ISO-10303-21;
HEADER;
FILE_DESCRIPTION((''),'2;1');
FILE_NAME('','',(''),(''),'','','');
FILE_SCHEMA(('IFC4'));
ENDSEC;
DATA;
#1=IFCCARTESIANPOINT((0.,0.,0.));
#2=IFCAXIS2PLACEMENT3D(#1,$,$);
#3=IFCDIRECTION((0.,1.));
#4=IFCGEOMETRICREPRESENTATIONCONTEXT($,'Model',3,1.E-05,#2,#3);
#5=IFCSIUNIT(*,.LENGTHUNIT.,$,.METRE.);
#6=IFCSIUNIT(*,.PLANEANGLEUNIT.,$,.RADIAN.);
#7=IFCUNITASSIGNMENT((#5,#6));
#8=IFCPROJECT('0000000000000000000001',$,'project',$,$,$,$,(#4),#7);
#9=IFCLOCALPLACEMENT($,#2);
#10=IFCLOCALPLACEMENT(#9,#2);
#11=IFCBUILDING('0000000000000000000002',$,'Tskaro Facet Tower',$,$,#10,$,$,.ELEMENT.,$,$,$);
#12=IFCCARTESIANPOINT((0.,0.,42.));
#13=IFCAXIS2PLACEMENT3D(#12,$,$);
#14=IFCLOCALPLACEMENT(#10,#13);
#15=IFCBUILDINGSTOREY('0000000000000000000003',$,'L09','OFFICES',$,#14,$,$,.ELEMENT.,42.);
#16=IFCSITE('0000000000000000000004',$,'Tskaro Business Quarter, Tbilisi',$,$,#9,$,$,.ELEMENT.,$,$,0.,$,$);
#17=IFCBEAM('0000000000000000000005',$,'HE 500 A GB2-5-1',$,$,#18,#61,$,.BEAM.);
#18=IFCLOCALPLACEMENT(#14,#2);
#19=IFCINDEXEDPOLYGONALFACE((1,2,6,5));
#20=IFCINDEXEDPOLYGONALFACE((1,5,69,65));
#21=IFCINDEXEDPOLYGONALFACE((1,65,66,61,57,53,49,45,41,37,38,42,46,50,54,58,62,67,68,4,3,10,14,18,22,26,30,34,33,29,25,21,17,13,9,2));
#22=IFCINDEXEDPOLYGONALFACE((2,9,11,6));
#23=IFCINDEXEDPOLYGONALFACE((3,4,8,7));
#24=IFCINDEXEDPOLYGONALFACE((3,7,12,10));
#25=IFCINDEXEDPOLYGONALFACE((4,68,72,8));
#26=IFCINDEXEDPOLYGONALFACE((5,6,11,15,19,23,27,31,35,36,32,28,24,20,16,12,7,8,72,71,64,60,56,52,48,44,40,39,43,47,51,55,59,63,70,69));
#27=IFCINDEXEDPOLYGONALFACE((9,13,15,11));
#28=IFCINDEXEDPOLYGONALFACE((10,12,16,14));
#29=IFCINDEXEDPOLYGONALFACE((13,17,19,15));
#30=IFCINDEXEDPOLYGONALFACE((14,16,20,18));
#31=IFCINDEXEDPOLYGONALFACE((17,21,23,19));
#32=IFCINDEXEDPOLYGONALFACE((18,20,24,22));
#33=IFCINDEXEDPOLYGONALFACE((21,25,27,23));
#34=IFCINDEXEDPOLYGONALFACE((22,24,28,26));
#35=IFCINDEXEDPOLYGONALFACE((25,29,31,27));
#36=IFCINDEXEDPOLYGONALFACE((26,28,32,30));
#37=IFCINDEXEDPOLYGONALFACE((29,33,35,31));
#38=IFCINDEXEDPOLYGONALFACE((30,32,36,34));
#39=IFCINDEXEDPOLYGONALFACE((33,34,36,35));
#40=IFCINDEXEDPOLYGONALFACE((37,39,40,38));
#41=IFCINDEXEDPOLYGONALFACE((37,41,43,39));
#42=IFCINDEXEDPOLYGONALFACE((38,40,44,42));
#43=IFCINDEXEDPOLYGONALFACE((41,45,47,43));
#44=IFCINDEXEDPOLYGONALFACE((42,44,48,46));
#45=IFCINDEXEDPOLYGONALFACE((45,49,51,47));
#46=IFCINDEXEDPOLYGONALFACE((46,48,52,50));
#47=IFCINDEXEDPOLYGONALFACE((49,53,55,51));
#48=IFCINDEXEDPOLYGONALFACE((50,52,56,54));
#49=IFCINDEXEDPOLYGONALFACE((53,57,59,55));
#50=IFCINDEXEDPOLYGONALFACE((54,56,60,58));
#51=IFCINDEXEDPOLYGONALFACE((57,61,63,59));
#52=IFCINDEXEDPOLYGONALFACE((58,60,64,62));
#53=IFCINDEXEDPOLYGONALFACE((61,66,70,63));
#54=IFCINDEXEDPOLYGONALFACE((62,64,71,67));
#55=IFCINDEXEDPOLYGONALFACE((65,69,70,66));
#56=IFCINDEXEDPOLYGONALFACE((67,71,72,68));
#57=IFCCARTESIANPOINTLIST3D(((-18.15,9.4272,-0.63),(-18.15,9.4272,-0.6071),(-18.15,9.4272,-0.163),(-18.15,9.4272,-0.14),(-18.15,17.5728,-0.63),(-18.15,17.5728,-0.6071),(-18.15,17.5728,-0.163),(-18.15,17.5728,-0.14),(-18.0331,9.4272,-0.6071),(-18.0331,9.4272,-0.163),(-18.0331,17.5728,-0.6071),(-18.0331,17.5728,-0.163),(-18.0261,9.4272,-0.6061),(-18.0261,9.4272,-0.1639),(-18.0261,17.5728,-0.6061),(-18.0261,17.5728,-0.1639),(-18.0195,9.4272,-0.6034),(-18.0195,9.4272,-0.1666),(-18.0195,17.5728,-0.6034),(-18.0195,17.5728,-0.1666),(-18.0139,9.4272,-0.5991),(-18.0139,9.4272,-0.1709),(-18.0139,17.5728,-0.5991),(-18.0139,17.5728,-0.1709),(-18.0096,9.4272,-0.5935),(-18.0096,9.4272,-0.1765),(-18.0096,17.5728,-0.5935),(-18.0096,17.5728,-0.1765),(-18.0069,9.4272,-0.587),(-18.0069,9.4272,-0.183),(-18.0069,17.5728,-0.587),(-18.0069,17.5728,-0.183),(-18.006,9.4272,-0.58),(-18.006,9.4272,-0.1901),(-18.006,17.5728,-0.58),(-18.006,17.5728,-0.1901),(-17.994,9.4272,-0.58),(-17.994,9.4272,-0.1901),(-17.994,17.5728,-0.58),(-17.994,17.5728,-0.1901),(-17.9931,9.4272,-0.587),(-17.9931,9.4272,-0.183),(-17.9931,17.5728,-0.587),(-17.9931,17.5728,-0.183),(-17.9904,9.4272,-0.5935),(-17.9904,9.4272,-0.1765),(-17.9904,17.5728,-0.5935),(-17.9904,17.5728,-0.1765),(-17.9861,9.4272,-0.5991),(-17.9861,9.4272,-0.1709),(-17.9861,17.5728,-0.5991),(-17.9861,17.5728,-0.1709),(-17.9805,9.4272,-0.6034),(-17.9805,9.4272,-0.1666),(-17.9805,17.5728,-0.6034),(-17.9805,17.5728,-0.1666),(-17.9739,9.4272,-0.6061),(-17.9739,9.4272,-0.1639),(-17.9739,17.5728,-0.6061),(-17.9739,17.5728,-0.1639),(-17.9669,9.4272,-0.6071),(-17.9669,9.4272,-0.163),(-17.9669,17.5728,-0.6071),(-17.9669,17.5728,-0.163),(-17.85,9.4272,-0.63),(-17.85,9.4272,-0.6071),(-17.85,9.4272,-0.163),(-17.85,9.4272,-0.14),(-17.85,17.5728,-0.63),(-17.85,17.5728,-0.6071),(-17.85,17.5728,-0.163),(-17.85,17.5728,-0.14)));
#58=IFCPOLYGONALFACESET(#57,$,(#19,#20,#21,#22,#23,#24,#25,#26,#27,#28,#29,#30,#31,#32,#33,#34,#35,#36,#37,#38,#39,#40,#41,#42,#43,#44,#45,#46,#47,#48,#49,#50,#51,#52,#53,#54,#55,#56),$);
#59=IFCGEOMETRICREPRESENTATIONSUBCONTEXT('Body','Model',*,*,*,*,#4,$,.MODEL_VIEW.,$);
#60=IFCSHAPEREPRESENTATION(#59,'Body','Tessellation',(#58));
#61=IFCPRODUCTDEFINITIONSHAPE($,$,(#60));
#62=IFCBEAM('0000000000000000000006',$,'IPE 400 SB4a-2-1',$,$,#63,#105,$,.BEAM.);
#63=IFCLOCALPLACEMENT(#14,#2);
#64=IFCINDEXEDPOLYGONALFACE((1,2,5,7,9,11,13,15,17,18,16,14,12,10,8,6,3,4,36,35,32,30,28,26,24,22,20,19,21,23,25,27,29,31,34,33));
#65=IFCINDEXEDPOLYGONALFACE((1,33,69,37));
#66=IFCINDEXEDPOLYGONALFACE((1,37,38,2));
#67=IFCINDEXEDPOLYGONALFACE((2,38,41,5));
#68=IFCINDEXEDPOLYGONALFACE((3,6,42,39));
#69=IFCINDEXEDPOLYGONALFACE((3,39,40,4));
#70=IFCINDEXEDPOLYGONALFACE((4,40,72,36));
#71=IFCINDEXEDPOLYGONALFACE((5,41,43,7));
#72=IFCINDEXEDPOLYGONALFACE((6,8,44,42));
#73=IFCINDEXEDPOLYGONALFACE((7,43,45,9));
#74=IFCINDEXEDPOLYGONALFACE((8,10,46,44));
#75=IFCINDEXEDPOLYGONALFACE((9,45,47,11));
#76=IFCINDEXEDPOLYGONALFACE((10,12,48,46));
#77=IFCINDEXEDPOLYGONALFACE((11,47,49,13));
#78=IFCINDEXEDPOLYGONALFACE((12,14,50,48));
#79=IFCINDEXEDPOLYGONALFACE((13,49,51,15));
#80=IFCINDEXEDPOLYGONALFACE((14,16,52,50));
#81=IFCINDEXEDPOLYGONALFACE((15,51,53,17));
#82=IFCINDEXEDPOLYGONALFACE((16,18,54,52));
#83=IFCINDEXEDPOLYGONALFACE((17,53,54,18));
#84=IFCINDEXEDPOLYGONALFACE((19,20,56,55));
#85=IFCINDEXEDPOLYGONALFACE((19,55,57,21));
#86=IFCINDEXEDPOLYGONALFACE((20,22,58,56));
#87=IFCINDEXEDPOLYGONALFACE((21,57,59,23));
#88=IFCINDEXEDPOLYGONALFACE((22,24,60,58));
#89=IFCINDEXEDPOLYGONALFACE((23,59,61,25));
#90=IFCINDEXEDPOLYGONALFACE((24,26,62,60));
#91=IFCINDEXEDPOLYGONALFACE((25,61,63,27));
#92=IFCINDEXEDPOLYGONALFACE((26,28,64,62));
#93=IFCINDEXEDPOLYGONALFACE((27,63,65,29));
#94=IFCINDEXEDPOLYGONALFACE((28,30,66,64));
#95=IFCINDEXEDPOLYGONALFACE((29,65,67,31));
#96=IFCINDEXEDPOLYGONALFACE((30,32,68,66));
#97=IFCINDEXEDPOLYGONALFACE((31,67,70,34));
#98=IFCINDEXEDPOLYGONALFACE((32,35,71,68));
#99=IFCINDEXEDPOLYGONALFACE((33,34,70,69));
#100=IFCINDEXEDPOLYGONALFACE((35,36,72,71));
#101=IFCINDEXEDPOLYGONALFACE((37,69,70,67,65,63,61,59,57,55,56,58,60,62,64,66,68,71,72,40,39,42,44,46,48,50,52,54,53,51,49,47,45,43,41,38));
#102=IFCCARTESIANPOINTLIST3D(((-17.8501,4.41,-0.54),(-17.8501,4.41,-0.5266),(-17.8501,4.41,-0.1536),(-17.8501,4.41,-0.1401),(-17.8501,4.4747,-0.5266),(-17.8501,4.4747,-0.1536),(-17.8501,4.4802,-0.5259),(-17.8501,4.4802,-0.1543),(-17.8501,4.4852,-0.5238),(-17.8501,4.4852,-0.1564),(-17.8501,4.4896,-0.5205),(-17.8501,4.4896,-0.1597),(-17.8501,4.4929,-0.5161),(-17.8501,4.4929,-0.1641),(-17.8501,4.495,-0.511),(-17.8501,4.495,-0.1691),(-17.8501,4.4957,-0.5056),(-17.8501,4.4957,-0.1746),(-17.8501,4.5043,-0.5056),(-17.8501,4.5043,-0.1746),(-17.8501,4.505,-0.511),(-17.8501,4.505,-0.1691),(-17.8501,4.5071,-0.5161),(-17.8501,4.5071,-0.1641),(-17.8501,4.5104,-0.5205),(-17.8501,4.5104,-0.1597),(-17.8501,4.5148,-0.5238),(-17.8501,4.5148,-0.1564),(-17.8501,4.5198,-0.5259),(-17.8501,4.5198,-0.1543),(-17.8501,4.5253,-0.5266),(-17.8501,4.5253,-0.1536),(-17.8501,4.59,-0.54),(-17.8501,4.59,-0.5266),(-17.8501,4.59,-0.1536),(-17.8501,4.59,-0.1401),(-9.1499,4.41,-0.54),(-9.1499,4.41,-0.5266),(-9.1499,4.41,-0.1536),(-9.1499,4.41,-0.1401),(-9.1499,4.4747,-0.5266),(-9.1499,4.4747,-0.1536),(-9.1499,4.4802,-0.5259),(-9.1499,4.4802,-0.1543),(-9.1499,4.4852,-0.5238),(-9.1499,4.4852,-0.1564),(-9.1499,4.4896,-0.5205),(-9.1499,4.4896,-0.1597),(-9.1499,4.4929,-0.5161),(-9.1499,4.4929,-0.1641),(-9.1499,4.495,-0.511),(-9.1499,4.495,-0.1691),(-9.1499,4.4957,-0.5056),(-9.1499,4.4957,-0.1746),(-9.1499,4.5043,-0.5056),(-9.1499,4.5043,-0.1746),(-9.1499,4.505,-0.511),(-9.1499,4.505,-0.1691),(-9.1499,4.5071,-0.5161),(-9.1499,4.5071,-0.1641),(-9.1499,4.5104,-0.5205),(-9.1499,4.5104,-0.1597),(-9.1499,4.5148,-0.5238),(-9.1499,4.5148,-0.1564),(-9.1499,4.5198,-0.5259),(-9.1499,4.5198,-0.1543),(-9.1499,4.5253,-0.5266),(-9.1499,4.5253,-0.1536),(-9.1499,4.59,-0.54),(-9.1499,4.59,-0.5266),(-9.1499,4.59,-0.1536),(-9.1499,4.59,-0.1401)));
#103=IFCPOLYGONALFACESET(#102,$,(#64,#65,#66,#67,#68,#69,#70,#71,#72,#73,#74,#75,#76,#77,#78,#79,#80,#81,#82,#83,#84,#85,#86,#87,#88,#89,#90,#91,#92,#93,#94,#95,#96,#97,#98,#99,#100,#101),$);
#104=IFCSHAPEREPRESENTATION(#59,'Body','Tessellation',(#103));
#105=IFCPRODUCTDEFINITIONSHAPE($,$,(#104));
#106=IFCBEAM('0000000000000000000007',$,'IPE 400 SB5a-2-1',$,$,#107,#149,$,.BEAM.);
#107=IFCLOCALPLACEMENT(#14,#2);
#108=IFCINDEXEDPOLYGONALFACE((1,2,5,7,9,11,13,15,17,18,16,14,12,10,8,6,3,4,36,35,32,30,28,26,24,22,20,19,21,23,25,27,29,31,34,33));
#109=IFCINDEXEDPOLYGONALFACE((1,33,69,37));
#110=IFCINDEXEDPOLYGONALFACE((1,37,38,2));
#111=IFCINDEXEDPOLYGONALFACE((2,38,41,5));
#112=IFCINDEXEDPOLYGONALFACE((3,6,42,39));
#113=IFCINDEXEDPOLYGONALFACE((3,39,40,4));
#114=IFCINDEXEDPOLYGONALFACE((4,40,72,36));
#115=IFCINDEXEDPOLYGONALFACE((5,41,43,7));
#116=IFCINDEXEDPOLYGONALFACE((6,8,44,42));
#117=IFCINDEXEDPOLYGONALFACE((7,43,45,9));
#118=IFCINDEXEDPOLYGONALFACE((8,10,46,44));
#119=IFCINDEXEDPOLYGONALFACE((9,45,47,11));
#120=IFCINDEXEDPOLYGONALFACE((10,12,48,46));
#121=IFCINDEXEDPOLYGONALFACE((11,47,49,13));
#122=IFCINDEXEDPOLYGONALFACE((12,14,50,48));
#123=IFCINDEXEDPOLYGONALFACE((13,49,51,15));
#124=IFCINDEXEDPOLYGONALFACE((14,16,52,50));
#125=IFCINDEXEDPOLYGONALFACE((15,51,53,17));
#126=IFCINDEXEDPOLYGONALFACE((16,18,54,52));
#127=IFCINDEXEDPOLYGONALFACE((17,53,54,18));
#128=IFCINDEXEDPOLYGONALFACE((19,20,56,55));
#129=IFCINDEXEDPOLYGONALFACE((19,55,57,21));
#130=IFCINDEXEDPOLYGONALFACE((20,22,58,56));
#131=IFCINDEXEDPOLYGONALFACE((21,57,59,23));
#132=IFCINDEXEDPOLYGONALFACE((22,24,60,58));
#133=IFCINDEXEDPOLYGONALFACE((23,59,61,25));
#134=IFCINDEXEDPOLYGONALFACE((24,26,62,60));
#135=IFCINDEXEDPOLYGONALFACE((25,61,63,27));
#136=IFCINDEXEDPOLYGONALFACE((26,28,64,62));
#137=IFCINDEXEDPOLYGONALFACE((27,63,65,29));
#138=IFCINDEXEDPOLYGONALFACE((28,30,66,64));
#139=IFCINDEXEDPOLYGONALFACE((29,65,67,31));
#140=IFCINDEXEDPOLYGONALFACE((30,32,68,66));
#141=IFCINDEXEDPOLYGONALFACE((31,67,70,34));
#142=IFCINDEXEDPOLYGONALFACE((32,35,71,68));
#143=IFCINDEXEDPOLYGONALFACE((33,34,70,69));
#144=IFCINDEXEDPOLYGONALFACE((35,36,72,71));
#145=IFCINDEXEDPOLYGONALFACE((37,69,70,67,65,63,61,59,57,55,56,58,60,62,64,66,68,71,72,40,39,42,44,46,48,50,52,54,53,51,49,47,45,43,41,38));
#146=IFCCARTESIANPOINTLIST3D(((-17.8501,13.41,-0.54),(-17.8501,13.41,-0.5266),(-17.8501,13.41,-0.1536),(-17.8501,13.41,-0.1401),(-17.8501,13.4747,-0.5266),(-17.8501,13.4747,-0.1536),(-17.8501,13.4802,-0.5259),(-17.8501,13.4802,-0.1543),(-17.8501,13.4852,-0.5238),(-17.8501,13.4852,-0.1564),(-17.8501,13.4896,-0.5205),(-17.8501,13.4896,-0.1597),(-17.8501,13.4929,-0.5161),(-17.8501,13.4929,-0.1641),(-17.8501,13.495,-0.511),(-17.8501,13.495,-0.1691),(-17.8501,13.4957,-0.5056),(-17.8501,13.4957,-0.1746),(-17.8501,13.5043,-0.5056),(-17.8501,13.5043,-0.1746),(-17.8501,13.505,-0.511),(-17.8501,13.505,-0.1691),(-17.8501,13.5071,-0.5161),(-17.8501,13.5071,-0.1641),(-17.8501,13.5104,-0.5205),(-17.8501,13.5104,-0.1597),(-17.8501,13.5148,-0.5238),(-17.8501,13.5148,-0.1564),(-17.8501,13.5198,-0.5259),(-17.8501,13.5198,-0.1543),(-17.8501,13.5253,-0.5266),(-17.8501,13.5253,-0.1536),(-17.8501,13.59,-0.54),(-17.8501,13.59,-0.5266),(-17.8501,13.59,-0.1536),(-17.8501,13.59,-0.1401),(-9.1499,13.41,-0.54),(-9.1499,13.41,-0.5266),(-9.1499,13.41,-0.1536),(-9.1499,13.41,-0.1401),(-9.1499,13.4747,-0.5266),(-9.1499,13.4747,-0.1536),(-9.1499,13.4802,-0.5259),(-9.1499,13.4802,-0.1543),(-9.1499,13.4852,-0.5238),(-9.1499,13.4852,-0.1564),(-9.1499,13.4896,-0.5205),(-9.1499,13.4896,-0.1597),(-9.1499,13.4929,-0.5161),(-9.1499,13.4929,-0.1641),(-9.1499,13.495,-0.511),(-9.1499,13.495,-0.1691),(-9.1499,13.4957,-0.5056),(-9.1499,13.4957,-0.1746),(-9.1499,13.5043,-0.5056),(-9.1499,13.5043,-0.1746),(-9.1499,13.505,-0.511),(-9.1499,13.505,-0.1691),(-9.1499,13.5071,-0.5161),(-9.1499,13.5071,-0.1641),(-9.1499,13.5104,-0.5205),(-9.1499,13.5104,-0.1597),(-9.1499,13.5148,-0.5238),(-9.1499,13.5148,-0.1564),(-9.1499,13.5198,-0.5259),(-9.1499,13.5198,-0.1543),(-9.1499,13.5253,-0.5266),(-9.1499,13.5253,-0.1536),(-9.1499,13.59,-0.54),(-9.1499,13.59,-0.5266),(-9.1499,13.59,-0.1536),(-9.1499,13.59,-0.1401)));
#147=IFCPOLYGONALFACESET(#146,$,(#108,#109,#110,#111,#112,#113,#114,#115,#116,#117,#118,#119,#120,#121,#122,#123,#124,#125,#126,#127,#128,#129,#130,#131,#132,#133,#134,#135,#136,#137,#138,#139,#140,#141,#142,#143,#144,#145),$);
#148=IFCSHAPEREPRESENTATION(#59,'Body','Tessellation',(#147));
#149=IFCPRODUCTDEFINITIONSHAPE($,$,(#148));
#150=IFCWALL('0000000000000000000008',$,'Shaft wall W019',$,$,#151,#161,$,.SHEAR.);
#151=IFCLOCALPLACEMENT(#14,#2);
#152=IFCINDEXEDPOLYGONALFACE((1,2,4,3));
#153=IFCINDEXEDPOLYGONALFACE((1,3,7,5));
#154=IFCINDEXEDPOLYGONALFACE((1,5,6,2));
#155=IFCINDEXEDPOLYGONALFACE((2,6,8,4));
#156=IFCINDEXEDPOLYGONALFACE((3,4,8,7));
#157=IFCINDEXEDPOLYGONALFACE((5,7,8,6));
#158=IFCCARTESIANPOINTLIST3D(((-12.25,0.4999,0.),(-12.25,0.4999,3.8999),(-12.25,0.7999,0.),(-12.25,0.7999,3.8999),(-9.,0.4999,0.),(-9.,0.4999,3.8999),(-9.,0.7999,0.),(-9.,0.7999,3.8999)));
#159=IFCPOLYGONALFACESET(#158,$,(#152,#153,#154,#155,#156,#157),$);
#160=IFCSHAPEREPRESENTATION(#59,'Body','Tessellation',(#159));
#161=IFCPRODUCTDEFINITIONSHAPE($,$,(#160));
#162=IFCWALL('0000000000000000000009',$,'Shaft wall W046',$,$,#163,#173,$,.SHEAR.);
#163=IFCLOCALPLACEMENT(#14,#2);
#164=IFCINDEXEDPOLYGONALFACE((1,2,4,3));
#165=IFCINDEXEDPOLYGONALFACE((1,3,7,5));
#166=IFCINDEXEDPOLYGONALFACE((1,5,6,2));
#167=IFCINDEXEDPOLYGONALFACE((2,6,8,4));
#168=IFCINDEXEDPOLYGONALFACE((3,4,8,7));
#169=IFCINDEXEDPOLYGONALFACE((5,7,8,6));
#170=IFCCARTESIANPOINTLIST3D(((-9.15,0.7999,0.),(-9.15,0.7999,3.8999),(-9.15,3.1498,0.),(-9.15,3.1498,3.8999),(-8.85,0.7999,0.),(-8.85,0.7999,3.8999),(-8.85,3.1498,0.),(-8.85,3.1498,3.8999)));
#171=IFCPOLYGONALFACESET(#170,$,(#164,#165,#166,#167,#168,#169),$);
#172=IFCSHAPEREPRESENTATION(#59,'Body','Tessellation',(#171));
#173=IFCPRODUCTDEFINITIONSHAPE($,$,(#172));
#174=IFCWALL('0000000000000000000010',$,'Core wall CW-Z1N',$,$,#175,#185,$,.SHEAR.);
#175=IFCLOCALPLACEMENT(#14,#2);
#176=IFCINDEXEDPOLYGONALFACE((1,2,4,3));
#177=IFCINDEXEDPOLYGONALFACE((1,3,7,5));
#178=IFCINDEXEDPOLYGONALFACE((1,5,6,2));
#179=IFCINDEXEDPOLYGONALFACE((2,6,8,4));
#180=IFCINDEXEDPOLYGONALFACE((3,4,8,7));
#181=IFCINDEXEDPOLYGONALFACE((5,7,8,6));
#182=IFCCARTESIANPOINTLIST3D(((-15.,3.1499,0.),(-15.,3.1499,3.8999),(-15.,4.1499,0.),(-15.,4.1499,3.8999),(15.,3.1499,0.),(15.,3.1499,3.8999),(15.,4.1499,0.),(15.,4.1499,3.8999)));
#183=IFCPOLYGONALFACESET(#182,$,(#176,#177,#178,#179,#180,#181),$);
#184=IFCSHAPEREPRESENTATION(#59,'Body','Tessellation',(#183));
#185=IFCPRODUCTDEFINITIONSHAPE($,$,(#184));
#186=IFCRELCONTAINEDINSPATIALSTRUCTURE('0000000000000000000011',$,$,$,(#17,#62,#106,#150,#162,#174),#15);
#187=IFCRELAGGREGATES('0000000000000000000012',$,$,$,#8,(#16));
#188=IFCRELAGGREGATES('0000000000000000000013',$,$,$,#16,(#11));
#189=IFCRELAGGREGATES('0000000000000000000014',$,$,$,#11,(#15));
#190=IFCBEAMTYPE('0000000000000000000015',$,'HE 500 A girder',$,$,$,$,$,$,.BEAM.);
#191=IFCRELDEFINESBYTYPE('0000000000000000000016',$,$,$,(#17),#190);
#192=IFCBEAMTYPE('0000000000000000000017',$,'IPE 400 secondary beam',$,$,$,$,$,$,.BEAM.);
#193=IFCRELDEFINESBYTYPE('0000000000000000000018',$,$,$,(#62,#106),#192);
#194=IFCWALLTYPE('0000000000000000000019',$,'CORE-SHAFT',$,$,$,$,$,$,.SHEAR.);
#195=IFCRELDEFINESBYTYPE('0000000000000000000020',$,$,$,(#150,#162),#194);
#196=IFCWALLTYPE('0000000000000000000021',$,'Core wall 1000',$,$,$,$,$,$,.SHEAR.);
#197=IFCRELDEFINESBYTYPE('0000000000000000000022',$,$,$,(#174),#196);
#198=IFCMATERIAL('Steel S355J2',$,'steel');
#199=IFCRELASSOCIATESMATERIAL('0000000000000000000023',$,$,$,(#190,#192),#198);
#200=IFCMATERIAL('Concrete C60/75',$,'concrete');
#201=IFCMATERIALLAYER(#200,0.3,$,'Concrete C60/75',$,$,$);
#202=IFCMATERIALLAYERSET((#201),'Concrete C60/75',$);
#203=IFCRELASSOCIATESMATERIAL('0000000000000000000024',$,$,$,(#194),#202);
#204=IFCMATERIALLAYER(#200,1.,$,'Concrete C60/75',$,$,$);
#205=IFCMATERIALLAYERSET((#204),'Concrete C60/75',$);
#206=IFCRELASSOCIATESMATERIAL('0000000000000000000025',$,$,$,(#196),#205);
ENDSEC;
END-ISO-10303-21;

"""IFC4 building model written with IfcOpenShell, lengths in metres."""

from ifc_helpers import new_model, si_unit, direction, frame, frame_2d, origin, origin_2d, place, context, subcontext, project, spatial, rectangle, i_section, extrude, material, layer, layer_set, material_profile, profile_set, type_object, element, save


model = new_model("IFC4")

# Units and contexts
model_context = context("Model", 3, precision=1e-05, world=origin(), true_north=direction((0.0, 1.0)))
body_context = subcontext(model_context, "Body", "Model", "MODEL_VIEW")
ifc_project = project(units=[si_unit("LENGTHUNIT", "METRE"), si_unit("PLANEANGLEUNIT", "RADIAN")], contexts=[model_context])

# Site, building, storey
site_placement = place(None, origin())
site = spatial("IfcSite", under=ifc_project, at=site_placement, Name="Tskaro Business Quarter, Tbilisi", CompositionType="ELEMENT", RefElevation=0.0)
building_placement = place(site_placement, origin())
building = spatial("IfcBuilding", under=site, at=building_placement, Name="Tskaro Facet Tower", CompositionType="ELEMENT")
storey_placement = place(building_placement, frame((0.0, 0.0, 42.0)))
storey = spatial("IfcBuildingStorey", under=building, at=storey_placement, Name="L09", Description="OFFICES", CompositionType="ELEMENT", Elevation=42.0)

# Beams
ifc_material_1 = material(Name="Steel S355J2", Category="steel")
ifc_material_profile_1 = material_profile(ifc_material_1, i_section(OverallWidth=0.3, OverallDepth=0.49, WebThickness=0.012, FlangeThickness=0.0229, FilletRadius=0.0271, at=origin_2d()), Name="HE 500 A")
ifc_profile_set_1 = profile_set([ifc_material_profile_1], Name="Steel S355J2")
beam_type_1 = type_object("IfcBeamType", Name="HE 500 A girder", PredefinedType="BEAM", material=ifc_profile_set_1)
beam_placement = place(storey_placement, frame((-18.0, 9.4272, -0.385), z_axis=(0.0, 1.0, 0.0), x_axis=(-1.0, 0.0, 0.0)))
element("IfcBeam", 1, at=beam_placement, inside=storey, type_object=beam_type_1, Name="HE 500 A GB2-5-1", PredefinedType="BEAM", context=body_context, shape_type="SweptSolid", body=[
    extrude(i_section(OverallWidth=0.3, OverallDepth=0.49, WebThickness=0.012, FlangeThickness=0.0229, FilletRadius=0.0271, at=origin_2d()), origin(), (0.0, 0.0, 1.0), 8.1455),
])
ifc_material_profile_2 = material_profile(ifc_material_1, i_section(OverallWidth=0.1799, OverallDepth=0.3999, WebThickness=0.0085, FlangeThickness=0.0134, FilletRadius=0.021, at=origin_2d()), Name="IPE 400")
ifc_profile_set_2 = profile_set([ifc_material_profile_2], Name="Steel S355J2")
beam_type_2 = type_object("IfcBeamType", Name="IPE 400 secondary beam", PredefinedType="BEAM", material=ifc_profile_set_2)
for number, where, z_axis, x_axis, name in (
    (2, (-17.8501, 4.5, -0.3401), (1.0, 0.0, 0.0), (0.0, 1.0, 0.0), "IPE 400 SB4a-2-1"),
    (3, (-17.8501, 13.5, -0.3401), (1.0, 0.0, 0.0), (0.0, 1.0, 0.0), "IPE 400 SB5a-2-1"),
):
    element("IfcBeam", number, at=place(storey_placement, frame(where, z_axis=z_axis, x_axis=x_axis)), inside=storey, type_object=beam_type_2, Name=name, PredefinedType="BEAM", context=body_context, shape_type="SweptSolid", body=[
        extrude(i_section(OverallWidth=0.1799, OverallDepth=0.3999, WebThickness=0.0085, FlangeThickness=0.0134, FilletRadius=0.021, at=origin_2d()), origin(), (0.0, 0.0, 1.0), 8.7002),
    ])

# Walls
ifc_material_2 = material(Name="Concrete C60/75", Category="concrete")
ifc_layer_1 = layer(ifc_material_2, 0.3, Name="Concrete C60/75")
ifc_layer_set_1 = layer_set([ifc_layer_1], Name="Concrete C60/75")
wall_type_1 = type_object("IfcWallType", Name="CORE-SHAFT", PredefinedType="SHEAR", material=ifc_layer_set_1)
wall_1_placement = place(storey_placement, frame((-9.0, 0.6499, 0.0), z_axis=(0.0, 0.0, 1.0), x_axis=(-1.0, 0.0, 0.0)))
element("IfcWall", 4, at=wall_1_placement, inside=storey, type_object=wall_type_1, Name="Shaft wall W019", PredefinedType="SHEAR", context=body_context, shape_type="SweptSolid", body=[
    extrude(rectangle(XDim=3.25, YDim=0.3, at=frame_2d((1.625, 0.0))), origin(), (0.0, 0.0, 1.0), 3.8999),
])
wall_2_placement = place(storey_placement, frame((-9.0, 0.8, 0.0), z_axis=(0.0, 0.0, 1.0), x_axis=(0.0, 1.0, 0.0)))
element("IfcWall", 5, at=wall_2_placement, inside=storey, type_object=wall_type_1, Name="Shaft wall W046", PredefinedType="SHEAR", context=body_context, shape_type="SweptSolid", body=[
    extrude(rectangle(XDim=2.3499, YDim=0.3, at=frame_2d((1.1748, 0.0))), origin(), (0.0, 0.0, 1.0), 3.8999),
])
ifc_layer_2 = layer(ifc_material_2, 1.0, Name="Concrete C60/75")
ifc_layer_set_2 = layer_set([ifc_layer_2], Name="Concrete C60/75")
wall_type_2 = type_object("IfcWallType", Name="Core wall 1000", PredefinedType="SHEAR", material=ifc_layer_set_2)
wall_3_placement = place(storey_placement, frame((-15.0, 3.6499, 0.0), z_axis=(0.0, 0.0, 1.0), x_axis=(1.0, 0.0, 0.0)))
element("IfcWall", 6, at=wall_3_placement, inside=storey, type_object=wall_type_2, Name="Core wall CW-Z1N", PredefinedType="SHEAR", context=body_context, shape_type="SweptSolid", body=[
    extrude(rectangle(XDim=30.0, YDim=1.0, at=frame_2d((15.0, 0.0))), origin(), (0.0, 0.0, 1.0), 3.8999),
])

save(model, "model.ifc")
